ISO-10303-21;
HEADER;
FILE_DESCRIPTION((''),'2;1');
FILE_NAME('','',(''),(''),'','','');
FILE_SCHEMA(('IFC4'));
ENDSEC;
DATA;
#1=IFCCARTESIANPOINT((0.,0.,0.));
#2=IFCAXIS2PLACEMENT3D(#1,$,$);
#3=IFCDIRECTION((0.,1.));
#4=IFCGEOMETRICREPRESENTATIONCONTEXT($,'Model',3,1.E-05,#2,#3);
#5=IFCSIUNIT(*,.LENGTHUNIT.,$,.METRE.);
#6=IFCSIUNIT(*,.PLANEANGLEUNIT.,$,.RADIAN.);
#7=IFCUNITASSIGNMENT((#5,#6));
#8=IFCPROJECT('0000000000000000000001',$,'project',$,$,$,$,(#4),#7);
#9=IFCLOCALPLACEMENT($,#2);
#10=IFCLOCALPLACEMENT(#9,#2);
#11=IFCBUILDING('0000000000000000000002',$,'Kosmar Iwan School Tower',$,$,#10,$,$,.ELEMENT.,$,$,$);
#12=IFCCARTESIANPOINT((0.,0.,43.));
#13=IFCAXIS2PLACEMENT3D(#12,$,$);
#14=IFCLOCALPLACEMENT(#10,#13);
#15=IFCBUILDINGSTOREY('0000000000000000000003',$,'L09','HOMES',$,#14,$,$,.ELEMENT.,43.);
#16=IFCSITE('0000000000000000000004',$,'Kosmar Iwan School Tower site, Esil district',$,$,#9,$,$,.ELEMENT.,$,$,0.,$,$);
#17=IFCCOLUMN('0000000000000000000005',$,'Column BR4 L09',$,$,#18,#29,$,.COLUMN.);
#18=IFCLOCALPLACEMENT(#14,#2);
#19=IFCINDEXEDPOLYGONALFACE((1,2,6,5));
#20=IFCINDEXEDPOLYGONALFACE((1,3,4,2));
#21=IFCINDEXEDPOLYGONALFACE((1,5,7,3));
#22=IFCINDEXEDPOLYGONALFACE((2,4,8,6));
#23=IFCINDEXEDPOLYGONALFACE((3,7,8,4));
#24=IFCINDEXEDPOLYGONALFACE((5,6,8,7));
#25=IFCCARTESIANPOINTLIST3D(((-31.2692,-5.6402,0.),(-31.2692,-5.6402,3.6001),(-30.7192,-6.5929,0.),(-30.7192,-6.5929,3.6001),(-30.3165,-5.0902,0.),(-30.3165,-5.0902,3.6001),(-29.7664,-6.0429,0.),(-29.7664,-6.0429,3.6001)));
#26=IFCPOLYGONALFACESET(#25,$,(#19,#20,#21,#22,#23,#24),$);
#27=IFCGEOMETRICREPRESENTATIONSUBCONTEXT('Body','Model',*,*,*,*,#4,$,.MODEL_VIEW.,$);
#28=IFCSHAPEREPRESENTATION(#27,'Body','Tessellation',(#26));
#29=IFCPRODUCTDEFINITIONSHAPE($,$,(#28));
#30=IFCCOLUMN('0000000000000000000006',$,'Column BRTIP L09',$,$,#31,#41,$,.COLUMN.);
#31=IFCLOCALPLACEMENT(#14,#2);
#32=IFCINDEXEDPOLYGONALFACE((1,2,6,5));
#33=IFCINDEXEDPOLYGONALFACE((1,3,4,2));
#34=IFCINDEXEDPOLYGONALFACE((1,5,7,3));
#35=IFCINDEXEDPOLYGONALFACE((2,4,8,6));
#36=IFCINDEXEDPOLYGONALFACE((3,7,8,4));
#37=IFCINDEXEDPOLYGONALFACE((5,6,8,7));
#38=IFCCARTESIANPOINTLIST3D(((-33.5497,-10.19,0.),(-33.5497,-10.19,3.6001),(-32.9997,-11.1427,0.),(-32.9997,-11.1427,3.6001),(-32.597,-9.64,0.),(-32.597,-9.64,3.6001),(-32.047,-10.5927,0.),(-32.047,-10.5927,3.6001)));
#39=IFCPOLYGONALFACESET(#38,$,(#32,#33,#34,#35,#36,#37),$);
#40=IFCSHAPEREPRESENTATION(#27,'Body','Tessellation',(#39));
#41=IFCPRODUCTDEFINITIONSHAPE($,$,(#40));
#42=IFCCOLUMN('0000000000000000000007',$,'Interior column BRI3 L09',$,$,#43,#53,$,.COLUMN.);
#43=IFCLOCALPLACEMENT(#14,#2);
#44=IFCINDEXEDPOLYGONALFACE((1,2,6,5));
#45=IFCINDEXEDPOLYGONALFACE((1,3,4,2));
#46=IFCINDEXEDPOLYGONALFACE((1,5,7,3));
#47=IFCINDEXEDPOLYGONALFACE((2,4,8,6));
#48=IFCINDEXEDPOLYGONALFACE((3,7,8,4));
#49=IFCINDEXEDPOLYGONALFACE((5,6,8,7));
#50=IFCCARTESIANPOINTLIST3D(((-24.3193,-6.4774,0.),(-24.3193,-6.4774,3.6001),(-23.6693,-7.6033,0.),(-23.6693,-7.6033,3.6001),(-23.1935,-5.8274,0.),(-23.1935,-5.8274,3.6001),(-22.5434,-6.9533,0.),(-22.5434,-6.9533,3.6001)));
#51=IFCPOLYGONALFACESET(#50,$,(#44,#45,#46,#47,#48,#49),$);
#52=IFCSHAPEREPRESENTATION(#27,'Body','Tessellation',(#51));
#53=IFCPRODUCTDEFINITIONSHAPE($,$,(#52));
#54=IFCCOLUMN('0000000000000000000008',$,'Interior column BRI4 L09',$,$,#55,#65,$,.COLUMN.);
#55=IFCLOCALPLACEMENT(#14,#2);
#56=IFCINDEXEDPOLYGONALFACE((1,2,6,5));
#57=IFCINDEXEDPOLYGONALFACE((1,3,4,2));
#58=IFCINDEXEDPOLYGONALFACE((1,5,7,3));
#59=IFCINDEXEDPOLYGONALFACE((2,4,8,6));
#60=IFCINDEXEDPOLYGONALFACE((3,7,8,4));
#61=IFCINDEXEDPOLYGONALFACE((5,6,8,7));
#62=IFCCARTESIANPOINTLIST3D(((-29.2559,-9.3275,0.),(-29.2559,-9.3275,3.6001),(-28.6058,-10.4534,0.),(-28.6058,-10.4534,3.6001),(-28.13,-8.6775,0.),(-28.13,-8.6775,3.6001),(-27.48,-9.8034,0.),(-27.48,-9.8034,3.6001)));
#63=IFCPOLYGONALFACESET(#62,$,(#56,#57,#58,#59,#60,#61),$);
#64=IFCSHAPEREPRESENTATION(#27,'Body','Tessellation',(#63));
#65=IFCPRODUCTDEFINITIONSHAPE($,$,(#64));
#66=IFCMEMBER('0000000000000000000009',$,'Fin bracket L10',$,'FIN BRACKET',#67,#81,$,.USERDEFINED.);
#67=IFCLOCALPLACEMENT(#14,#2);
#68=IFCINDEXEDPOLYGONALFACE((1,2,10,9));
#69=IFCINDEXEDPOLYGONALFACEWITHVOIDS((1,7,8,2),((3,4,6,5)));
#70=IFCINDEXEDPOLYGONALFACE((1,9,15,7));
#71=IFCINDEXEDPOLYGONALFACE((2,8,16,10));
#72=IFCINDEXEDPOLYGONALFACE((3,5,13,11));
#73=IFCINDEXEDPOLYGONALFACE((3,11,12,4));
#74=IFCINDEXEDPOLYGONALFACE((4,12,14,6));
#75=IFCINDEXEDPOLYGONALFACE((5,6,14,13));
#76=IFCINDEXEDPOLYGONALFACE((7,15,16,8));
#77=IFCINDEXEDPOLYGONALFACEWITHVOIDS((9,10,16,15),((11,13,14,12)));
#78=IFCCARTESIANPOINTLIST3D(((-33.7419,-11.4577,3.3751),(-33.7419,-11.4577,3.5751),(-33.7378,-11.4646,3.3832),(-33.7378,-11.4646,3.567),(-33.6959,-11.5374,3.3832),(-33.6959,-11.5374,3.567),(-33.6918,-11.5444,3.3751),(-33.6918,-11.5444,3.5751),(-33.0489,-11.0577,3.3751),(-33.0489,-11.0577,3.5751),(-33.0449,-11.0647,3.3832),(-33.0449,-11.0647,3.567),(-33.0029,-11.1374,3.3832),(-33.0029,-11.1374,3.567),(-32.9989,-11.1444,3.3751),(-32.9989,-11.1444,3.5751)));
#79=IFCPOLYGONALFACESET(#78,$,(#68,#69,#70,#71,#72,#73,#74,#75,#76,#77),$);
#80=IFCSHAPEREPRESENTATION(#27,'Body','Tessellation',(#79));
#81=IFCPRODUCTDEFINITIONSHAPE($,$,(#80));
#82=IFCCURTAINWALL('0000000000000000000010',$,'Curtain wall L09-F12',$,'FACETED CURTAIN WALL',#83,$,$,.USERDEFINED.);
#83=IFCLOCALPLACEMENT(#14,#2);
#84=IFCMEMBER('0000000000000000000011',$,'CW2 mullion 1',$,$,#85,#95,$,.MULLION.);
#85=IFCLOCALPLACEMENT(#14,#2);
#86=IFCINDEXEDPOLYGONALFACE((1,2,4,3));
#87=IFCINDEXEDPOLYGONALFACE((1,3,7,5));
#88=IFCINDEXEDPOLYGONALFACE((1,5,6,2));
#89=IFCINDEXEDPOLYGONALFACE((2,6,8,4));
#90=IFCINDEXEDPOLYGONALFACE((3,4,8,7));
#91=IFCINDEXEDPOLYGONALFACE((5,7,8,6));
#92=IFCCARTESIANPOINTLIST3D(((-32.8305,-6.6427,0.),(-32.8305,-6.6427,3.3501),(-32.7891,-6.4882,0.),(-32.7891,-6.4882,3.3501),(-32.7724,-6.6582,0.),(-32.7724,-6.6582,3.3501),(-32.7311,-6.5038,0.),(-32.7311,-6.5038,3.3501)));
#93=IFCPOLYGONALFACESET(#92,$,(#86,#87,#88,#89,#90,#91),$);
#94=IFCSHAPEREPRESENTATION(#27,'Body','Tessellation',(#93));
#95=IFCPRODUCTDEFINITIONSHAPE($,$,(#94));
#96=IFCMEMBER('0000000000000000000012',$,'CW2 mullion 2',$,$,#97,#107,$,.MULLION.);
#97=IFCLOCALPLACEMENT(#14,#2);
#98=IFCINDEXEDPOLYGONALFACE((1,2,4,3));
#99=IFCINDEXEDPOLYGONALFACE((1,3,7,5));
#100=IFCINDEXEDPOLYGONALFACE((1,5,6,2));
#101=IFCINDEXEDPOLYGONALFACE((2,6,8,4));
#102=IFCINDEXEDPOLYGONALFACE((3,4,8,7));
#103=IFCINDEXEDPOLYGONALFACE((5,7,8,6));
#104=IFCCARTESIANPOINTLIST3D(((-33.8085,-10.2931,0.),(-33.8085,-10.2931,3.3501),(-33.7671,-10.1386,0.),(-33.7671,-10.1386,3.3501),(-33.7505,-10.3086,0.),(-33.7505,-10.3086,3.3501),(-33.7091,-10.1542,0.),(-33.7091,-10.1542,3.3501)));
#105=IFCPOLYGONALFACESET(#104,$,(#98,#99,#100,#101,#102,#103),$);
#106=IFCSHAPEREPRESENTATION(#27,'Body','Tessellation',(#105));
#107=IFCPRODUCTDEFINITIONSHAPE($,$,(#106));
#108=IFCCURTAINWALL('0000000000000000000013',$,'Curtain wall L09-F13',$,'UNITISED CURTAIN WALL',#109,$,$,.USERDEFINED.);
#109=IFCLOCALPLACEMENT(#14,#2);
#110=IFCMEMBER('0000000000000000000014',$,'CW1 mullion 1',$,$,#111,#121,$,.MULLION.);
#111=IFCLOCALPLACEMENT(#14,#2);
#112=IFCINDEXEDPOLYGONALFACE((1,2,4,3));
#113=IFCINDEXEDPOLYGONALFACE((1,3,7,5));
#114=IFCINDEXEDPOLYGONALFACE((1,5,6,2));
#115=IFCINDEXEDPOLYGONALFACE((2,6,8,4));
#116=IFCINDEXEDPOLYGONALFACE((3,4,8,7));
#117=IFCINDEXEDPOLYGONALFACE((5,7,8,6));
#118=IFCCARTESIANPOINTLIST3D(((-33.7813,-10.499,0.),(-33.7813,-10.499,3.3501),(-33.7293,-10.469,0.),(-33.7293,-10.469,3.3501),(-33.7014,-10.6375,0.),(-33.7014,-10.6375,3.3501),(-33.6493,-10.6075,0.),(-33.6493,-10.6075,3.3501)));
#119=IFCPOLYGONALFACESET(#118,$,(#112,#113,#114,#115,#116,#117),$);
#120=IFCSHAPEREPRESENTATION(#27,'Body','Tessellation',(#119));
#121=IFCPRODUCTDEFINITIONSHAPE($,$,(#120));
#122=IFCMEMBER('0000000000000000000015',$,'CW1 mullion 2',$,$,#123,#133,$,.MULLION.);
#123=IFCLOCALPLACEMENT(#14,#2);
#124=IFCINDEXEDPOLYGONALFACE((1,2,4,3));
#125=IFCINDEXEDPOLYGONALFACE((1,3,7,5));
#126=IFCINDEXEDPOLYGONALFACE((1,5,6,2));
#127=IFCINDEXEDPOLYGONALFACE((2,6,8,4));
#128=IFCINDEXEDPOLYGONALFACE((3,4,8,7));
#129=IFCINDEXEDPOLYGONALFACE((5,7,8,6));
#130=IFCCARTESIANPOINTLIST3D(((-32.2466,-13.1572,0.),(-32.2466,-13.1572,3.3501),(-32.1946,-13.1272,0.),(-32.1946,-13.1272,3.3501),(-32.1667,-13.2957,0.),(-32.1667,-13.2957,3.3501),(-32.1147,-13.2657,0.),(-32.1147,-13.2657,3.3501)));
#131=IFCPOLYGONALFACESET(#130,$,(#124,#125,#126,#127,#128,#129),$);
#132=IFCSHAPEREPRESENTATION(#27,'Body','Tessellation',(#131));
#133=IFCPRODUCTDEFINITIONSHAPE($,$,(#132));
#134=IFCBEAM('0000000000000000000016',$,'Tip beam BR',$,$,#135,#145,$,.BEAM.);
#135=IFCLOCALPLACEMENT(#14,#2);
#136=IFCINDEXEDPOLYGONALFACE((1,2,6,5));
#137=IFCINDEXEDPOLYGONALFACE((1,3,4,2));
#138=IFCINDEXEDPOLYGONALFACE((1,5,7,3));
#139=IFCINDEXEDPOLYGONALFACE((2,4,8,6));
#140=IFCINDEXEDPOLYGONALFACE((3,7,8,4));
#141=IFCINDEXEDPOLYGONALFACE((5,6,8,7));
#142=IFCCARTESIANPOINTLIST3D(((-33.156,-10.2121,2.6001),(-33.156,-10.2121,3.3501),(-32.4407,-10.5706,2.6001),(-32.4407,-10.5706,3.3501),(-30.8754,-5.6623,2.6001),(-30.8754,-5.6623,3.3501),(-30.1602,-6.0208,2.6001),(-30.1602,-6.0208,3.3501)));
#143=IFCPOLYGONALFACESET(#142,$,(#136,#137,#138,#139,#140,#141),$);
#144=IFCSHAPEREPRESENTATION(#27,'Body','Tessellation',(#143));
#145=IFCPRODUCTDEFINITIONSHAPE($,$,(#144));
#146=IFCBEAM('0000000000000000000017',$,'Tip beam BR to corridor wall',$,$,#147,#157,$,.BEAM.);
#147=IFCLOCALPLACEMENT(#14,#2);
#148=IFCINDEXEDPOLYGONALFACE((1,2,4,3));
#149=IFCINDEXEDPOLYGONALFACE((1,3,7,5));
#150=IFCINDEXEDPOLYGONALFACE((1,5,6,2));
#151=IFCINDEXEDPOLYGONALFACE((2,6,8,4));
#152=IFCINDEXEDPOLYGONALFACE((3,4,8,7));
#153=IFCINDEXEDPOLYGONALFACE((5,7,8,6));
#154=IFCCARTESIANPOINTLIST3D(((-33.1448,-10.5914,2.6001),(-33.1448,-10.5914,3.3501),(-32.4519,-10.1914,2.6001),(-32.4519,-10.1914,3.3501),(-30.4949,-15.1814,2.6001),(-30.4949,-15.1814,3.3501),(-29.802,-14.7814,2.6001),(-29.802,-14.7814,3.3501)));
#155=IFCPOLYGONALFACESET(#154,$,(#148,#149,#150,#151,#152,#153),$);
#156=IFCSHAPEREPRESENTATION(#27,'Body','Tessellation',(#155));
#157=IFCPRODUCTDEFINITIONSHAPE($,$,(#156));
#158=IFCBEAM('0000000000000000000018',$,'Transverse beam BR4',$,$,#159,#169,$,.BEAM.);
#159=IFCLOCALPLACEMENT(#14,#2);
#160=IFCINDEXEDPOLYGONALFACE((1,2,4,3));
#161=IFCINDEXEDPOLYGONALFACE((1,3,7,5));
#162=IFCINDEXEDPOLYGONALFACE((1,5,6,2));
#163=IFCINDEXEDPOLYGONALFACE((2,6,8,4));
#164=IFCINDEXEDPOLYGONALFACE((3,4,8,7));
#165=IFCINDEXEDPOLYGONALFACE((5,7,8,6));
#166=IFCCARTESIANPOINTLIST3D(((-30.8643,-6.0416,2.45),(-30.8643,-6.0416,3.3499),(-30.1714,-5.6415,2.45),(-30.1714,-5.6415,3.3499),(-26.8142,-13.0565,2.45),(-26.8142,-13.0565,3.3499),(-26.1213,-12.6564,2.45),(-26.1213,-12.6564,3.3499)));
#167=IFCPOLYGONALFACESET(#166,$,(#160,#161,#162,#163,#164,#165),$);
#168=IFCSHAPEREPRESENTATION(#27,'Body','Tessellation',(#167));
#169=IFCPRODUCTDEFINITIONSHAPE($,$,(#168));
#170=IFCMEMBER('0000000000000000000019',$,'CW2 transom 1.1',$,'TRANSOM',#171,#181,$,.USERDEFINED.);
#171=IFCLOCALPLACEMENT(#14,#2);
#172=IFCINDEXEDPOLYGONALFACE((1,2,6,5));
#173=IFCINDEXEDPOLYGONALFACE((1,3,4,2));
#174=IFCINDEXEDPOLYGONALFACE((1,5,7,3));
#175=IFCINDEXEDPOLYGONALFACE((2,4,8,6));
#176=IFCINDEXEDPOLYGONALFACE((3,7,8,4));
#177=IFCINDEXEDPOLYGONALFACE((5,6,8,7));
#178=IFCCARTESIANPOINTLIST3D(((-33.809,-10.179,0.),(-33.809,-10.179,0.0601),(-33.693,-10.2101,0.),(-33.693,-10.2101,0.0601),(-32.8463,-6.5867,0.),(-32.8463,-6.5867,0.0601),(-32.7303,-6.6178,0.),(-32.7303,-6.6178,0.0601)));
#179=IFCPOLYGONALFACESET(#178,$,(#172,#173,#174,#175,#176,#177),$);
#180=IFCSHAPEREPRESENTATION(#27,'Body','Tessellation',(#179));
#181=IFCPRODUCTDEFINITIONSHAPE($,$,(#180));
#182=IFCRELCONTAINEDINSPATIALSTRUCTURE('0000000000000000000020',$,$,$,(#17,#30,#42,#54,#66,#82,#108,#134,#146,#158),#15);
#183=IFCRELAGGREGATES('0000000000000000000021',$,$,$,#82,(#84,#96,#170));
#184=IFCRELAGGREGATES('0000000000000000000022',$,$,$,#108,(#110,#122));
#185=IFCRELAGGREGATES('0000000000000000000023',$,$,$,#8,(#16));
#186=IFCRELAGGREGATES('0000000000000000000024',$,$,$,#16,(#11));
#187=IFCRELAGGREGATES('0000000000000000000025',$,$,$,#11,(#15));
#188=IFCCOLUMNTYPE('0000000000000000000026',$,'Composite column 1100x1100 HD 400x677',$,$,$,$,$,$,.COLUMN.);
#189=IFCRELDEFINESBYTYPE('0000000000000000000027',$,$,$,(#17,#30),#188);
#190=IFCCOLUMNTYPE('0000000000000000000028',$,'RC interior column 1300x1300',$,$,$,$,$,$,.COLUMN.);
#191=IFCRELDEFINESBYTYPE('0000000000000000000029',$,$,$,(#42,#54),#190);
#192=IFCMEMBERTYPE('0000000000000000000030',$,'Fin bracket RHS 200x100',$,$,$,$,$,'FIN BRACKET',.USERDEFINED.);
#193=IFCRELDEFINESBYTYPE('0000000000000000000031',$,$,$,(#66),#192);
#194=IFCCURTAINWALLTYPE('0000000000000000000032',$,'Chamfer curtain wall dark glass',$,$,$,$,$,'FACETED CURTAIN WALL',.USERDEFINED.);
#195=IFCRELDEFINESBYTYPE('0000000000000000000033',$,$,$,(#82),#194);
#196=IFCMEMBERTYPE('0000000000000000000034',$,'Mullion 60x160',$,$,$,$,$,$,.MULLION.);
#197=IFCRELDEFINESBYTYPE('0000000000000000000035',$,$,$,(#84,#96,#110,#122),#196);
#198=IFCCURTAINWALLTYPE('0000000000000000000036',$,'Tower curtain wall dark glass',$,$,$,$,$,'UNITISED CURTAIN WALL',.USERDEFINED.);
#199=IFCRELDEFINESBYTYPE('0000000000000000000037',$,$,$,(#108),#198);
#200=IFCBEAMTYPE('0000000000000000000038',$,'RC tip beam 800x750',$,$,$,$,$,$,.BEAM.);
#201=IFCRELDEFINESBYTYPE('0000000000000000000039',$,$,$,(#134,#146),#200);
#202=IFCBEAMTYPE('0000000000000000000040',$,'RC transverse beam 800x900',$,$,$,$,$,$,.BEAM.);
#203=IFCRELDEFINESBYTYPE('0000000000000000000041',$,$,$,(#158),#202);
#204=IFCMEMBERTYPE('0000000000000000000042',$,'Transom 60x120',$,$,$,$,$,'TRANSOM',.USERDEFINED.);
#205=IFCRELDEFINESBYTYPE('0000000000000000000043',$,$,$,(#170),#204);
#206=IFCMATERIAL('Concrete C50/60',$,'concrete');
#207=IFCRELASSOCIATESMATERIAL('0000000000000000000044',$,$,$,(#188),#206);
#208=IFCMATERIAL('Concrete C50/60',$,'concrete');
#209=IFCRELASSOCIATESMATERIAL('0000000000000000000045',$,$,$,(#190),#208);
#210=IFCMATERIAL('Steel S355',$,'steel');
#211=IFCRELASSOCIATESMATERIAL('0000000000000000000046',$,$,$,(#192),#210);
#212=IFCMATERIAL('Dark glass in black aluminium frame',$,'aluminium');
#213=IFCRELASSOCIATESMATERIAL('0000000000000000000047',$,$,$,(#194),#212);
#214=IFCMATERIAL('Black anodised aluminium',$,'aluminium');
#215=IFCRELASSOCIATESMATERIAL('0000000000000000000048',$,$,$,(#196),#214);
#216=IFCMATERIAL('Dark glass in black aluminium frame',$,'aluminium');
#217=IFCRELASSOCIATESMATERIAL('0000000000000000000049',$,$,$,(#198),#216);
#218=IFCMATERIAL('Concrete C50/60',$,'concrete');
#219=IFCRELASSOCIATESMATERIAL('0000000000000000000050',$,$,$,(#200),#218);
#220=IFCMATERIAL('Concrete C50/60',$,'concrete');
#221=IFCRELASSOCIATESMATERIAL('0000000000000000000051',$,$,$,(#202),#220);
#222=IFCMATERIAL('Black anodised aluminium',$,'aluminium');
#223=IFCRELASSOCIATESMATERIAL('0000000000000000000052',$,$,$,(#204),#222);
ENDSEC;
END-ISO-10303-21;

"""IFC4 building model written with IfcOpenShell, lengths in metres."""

from ifc_helpers import new_model, si_unit, direction, frame, origin, origin_2d, place, context, subcontext, project, spatial, rectangle, hollow_rectangle, extrude, material, material_profile, profile_set, type_object, element, aggregate, save


model = new_model("IFC4")

# Units and contexts
model_context = context("Model", 3, precision=1e-05, world=origin(), true_north=direction((0.0, 1.0)))
body_context = subcontext(model_context, "Body", "Model", "MODEL_VIEW")
ifc_project = project(units=[si_unit("LENGTHUNIT", "METRE"), si_unit("PLANEANGLEUNIT", "RADIAN")], contexts=[model_context])

# Site, building, storey
site_placement = place(None, origin())
site = spatial("IfcSite", under=ifc_project, at=site_placement, Name="Kosmar Iwan School Tower site, Esil district", CompositionType="ELEMENT", RefElevation=0.0)
building_placement = place(site_placement, origin())
building = spatial("IfcBuilding", under=site, at=building_placement, Name="Kosmar Iwan School Tower", CompositionType="ELEMENT")
storey_placement = place(building_placement, frame((0.0, 0.0, 43.0)))
storey = spatial("IfcBuildingStorey", under=building, at=storey_placement, Name="L09", Description="HOMES", CompositionType="ELEMENT", Elevation=43.0)

# Columns
ifc_material_1 = material(Name="Concrete C50/60", Category="concrete")
ifc_material_profile_1 = material_profile(ifc_material_1, rectangle(XDim=1.1001, YDim=1.1001, at=origin_2d()), Name="RC 1100x1100 + HD 400x677")
ifc_profile_set_1 = profile_set([ifc_material_profile_1], Name="Concrete C50/60")
column_type_1 = type_object("IfcColumnType", Name="Composite column 1100x1100 HD 400x677", PredefinedType="COLUMN", material=ifc_profile_set_1)
for number, where, z_axis, x_axis, name in (
    (1, (-30.5178, -5.8416, 0.0), (0.0, 0.0, 1.0), (-0.866025, -0.5, 0.0), "Column BR4 L09"),
    (2, (-32.7983, -10.3914, 0.0), (0.0, 0.0, 1.0), (-0.866025, -0.5, 0.0), "Column BRTIP L09"),
):
    element("IfcColumn", number, at=place(storey_placement, frame(where, z_axis=z_axis, x_axis=x_axis)), inside=storey, type_object=column_type_1, Name=name, PredefinedType="COLUMN", context=body_context, shape_type="SweptSolid", body=[
        extrude(rectangle(XDim=1.1001, YDim=1.1001, at=origin_2d()), origin(), (0.0, 0.0, 1.0), 3.6001),
    ])
ifc_material_2 = material(Name="Concrete C50/60", Category="concrete")
ifc_material_profile_2 = material_profile(ifc_material_2, rectangle(XDim=1.3, YDim=1.3, at=origin_2d()), Name="RC 1300x1300")
ifc_profile_set_2 = profile_set([ifc_material_profile_2], Name="Concrete C50/60")
column_type_2 = type_object("IfcColumnType", Name="RC interior column 1300x1300", PredefinedType="COLUMN", material=ifc_profile_set_2)
for number, where, z_axis, x_axis, name in (
    (3, (-23.4314, -6.7153, 0.0), (0.0, 0.0, 1.0), (-0.866025, -0.5, 0.0), "Interior column BRI3 L09"),
    (4, (-28.3679, -9.5654, 0.0), (0.0, 0.0, 1.0), (-0.866025, -0.5, 0.0), "Interior column BRI4 L09"),
):
    element("IfcColumn", number, at=place(storey_placement, frame(where, z_axis=z_axis, x_axis=x_axis)), inside=storey, type_object=column_type_2, Name=name, PredefinedType="COLUMN", context=body_context, shape_type="SweptSolid", body=[
        extrude(rectangle(XDim=1.3, YDim=1.3, at=origin_2d()), origin(), (0.0, 0.0, 1.0), 3.6001),
    ])

# Member
ifc_material_3 = material(Name="Steel S355", Category="steel")
ifc_material_profile_3 = material_profile(ifc_material_3, hollow_rectangle(XDim=0.1001, YDim=0.2, WallThickness=0.0081, at=origin_2d()), Name="RHS 200x100x8")
ifc_profile_set_3 = profile_set([ifc_material_profile_3], Name="Steel S355")
member_type_1 = type_object("IfcMemberType", Name="Fin bracket RHS 200x100", ElementType="FIN BRACKET", PredefinedType="USERDEFINED", material=ifc_profile_set_3)
member_1_placement = place(storey_placement, frame((-33.0239, -11.1011, 3.4751), z_axis=(-0.866094, -0.499881, 0.0), x_axis=(0.499881, -0.866094, 0.0)))
element("IfcMember", 5, at=member_1_placement, inside=storey, type_object=member_type_1, Name="Fin bracket L10", ObjectType="FIN BRACKET", PredefinedType="USERDEFINED", context=body_context, shape_type="SweptSolid", body=[
    extrude(hollow_rectangle(XDim=0.1001, YDim=0.2, WallThickness=0.0081, at=origin_2d()), origin(), (0.0, 0.0, 1.0), 0.8),
])

# Curtain walls, members
ifc_material_4 = material(Name="Dark glass in black aluminium frame", Category="aluminium")
curtain_wall_type_1 = type_object("IfcCurtainWallType", Name="Chamfer curtain wall dark glass", ElementType="FACETED CURTAIN WALL", PredefinedType="USERDEFINED", material=ifc_material_4)
curtain_wall_1_placement = place(storey_placement, origin())
curtain_wall_1 = element("IfcCurtainWall", 6, at=curtain_wall_1_placement, inside=storey, type_object=curtain_wall_type_1, Name="Curtain wall L09-F12", ObjectType="FACETED CURTAIN WALL", PredefinedType="USERDEFINED")
ifc_material_5 = material(Name="Black anodised aluminium", Category="aluminium")
ifc_material_profile_4 = material_profile(ifc_material_5, rectangle(XDim=0.0601, YDim=0.1599, at=origin_2d()), Name="MULLION 60x160")
ifc_profile_set_4 = profile_set([ifc_material_profile_4], Name="Black anodised aluminium")
member_type_2 = type_object("IfcMemberType", Name="Mullion 60x160", PredefinedType="MULLION", material=ifc_profile_set_4)
member_2_placement = place(storey_placement, frame((-32.7808, -6.5732, 0.0), z_axis=(0.0, 0.0, 1.0), x_axis=(0.965926, -0.258819, 0.0)))
member_2 = element("IfcMember", 7, at=member_2_placement, type_object=member_type_2, Name="CW2 mullion 1", PredefinedType="MULLION", context=body_context, shape_type="SweptSolid", body=[
    extrude(rectangle(XDim=0.0601, YDim=0.1599, at=origin_2d()), origin(), (0.0, 0.0, 1.0), 3.3501),
])
member_3_placement = place(storey_placement, frame((-33.7588, -10.2236, 0.0), z_axis=(0.0, 0.0, 1.0), x_axis=(0.965926, -0.258819, 0.0)))
member_3 = element("IfcMember", 8, at=member_3_placement, type_object=member_type_2, Name="CW2 mullion 2", PredefinedType="MULLION", context=body_context, shape_type="SweptSolid", body=[
    extrude(rectangle(XDim=0.0601, YDim=0.1599, at=origin_2d()), origin(), (0.0, 0.0, 1.0), 3.3501),
])
ifc_material_6 = material(Name="Dark glass in black aluminium frame", Category="aluminium")
curtain_wall_type_2 = type_object("IfcCurtainWallType", Name="Tower curtain wall dark glass", ElementType="UNITISED CURTAIN WALL", PredefinedType="USERDEFINED", material=ifc_material_6)
curtain_wall_2_placement = place(storey_placement, origin())
curtain_wall_2 = element("IfcCurtainWall", 9, at=curtain_wall_2_placement, inside=storey, type_object=curtain_wall_type_2, Name="Curtain wall L09-F13", ObjectType="UNITISED CURTAIN WALL", PredefinedType="USERDEFINED")
member_4_placement = place(storey_placement, frame((-33.7153, -10.5532, 0.0), z_axis=(0.0, 0.0, 1.0), x_axis=(0.866025, 0.5, 0.0)))
member_4 = element("IfcMember", 10, at=member_4_placement, type_object=member_type_2, Name="CW1 mullion 1", PredefinedType="MULLION", context=body_context, shape_type="SweptSolid", body=[
    extrude(rectangle(XDim=0.0601, YDim=0.1599, at=origin_2d()), origin(), (0.0, 0.0, 1.0), 3.3501),
])
member_5_placement = place(storey_placement, frame((-32.1807, -13.2114, 0.0), z_axis=(0.0, 0.0, 1.0), x_axis=(0.866025, 0.5, 0.0)))
member_5 = element("IfcMember", 11, at=member_5_placement, type_object=member_type_2, Name="CW1 mullion 2", PredefinedType="MULLION", context=body_context, shape_type="SweptSolid", body=[
    extrude(rectangle(XDim=0.0601, YDim=0.1599, at=origin_2d()), origin(), (0.0, 0.0, 1.0), 3.3501),
])

# Beams
ifc_material_7 = material(Name="Concrete C50/60", Category="concrete")
ifc_material_profile_5 = material_profile(ifc_material_7, rectangle(XDim=0.8, YDim=0.75, at=origin_2d()), Name="RC 800x750")
ifc_profile_set_5 = profile_set([ifc_material_profile_5], Name="Concrete C50/60")
beam_type_1 = type_object("IfcBeamType", Name="RC tip beam 800x750", PredefinedType="BEAM", material=ifc_profile_set_5)
beam_1_placement = place(storey_placement, frame((-30.5178, -5.8416, 2.9751), z_axis=(-0.448096, -0.893985, 0.0), x_axis=(0.893985, -0.448096, 0.0)))
element("IfcBeam", 12, at=beam_1_placement, inside=storey, type_object=beam_type_1, Name="Tip beam BR", PredefinedType="BEAM", context=body_context, shape_type="SweptSolid", body=[
    extrude(rectangle(XDim=0.8, YDim=0.75, at=origin_2d()), origin(), (0.0, 0.0, 1.0), 5.0894),
])
beam_2_placement = place(storey_placement, frame((-32.7983, -10.3914, 2.9751), z_axis=(0.499974, -0.866041, 0.0), x_axis=(0.866041, 0.499974, 0.0)))
element("IfcBeam", 13, at=beam_2_placement, inside=storey, type_object=beam_type_1, Name="Tip beam BR to corridor wall", PredefinedType="BEAM", context=body_context, shape_type="SweptSolid", body=[
    extrude(rectangle(XDim=0.8, YDim=0.75, at=origin_2d()), origin(), (0.0, 0.0, 1.0), 5.3),
])
ifc_material_8 = material(Name="Concrete C50/60", Category="concrete")
ifc_material_profile_6 = material_profile(ifc_material_8, rectangle(XDim=0.8, YDim=0.8999, at=origin_2d()), Name="RC 800x900")
ifc_profile_set_6 = profile_set([ifc_material_profile_6], Name="Concrete C50/60")
beam_type_2 = type_object("IfcBeamType", Name="RC transverse beam 800x900", PredefinedType="BEAM", material=ifc_profile_set_6)
beam_3_placement = place(storey_placement, frame((-30.5178, -5.8416, 2.8999), z_axis=(0.5, -0.866025, 0.0), x_axis=(0.866025, 0.5, 0.0)))
element("IfcBeam", 14, at=beam_3_placement, inside=storey, type_object=beam_type_2, Name="Transverse beam BR4", PredefinedType="BEAM", context=body_context, shape_type="SweptSolid", body=[
    extrude(rectangle(XDim=0.8, YDim=0.8999, at=origin_2d()), origin(), (0.0, 0.0, 1.0), 8.1001),
])

# Member
ifc_material_9 = material(Name="Black anodised aluminium", Category="aluminium")
ifc_material_profile_7 = material_profile(ifc_material_9, rectangle(XDim=0.1201, YDim=0.0601, at=origin_2d()), Name="TRANSOM 60x120")
ifc_profile_set_7 = profile_set([ifc_material_profile_7], Name="Black anodised aluminium")
member_type_3 = type_object("IfcMemberType", Name="Transom 60x120", ElementType="TRANSOM", PredefinedType="USERDEFINED", material=ifc_profile_set_7)
member_6_placement = place(storey_placement, frame((-32.7883, -6.6023, 0.03), z_axis=(-0.258843, -0.965919, 0.0), x_axis=(0.965919, -0.258843, 0.0)))
member_6 = element("IfcMember", 15, at=member_6_placement, type_object=member_type_3, Name="CW2 transom 1.1", ObjectType="TRANSOM", PredefinedType="USERDEFINED", context=body_context, shape_type="SweptSolid", body=[
    extrude(rectangle(XDim=0.1201, YDim=0.0601, at=origin_2d()), origin(), (0.0, 0.0, 1.0), 3.719),
])

aggregate(curtain_wall_1, [member_2, member_3, member_6])
aggregate(curtain_wall_2, [member_4, member_5])

save(model, "model.ifc")
